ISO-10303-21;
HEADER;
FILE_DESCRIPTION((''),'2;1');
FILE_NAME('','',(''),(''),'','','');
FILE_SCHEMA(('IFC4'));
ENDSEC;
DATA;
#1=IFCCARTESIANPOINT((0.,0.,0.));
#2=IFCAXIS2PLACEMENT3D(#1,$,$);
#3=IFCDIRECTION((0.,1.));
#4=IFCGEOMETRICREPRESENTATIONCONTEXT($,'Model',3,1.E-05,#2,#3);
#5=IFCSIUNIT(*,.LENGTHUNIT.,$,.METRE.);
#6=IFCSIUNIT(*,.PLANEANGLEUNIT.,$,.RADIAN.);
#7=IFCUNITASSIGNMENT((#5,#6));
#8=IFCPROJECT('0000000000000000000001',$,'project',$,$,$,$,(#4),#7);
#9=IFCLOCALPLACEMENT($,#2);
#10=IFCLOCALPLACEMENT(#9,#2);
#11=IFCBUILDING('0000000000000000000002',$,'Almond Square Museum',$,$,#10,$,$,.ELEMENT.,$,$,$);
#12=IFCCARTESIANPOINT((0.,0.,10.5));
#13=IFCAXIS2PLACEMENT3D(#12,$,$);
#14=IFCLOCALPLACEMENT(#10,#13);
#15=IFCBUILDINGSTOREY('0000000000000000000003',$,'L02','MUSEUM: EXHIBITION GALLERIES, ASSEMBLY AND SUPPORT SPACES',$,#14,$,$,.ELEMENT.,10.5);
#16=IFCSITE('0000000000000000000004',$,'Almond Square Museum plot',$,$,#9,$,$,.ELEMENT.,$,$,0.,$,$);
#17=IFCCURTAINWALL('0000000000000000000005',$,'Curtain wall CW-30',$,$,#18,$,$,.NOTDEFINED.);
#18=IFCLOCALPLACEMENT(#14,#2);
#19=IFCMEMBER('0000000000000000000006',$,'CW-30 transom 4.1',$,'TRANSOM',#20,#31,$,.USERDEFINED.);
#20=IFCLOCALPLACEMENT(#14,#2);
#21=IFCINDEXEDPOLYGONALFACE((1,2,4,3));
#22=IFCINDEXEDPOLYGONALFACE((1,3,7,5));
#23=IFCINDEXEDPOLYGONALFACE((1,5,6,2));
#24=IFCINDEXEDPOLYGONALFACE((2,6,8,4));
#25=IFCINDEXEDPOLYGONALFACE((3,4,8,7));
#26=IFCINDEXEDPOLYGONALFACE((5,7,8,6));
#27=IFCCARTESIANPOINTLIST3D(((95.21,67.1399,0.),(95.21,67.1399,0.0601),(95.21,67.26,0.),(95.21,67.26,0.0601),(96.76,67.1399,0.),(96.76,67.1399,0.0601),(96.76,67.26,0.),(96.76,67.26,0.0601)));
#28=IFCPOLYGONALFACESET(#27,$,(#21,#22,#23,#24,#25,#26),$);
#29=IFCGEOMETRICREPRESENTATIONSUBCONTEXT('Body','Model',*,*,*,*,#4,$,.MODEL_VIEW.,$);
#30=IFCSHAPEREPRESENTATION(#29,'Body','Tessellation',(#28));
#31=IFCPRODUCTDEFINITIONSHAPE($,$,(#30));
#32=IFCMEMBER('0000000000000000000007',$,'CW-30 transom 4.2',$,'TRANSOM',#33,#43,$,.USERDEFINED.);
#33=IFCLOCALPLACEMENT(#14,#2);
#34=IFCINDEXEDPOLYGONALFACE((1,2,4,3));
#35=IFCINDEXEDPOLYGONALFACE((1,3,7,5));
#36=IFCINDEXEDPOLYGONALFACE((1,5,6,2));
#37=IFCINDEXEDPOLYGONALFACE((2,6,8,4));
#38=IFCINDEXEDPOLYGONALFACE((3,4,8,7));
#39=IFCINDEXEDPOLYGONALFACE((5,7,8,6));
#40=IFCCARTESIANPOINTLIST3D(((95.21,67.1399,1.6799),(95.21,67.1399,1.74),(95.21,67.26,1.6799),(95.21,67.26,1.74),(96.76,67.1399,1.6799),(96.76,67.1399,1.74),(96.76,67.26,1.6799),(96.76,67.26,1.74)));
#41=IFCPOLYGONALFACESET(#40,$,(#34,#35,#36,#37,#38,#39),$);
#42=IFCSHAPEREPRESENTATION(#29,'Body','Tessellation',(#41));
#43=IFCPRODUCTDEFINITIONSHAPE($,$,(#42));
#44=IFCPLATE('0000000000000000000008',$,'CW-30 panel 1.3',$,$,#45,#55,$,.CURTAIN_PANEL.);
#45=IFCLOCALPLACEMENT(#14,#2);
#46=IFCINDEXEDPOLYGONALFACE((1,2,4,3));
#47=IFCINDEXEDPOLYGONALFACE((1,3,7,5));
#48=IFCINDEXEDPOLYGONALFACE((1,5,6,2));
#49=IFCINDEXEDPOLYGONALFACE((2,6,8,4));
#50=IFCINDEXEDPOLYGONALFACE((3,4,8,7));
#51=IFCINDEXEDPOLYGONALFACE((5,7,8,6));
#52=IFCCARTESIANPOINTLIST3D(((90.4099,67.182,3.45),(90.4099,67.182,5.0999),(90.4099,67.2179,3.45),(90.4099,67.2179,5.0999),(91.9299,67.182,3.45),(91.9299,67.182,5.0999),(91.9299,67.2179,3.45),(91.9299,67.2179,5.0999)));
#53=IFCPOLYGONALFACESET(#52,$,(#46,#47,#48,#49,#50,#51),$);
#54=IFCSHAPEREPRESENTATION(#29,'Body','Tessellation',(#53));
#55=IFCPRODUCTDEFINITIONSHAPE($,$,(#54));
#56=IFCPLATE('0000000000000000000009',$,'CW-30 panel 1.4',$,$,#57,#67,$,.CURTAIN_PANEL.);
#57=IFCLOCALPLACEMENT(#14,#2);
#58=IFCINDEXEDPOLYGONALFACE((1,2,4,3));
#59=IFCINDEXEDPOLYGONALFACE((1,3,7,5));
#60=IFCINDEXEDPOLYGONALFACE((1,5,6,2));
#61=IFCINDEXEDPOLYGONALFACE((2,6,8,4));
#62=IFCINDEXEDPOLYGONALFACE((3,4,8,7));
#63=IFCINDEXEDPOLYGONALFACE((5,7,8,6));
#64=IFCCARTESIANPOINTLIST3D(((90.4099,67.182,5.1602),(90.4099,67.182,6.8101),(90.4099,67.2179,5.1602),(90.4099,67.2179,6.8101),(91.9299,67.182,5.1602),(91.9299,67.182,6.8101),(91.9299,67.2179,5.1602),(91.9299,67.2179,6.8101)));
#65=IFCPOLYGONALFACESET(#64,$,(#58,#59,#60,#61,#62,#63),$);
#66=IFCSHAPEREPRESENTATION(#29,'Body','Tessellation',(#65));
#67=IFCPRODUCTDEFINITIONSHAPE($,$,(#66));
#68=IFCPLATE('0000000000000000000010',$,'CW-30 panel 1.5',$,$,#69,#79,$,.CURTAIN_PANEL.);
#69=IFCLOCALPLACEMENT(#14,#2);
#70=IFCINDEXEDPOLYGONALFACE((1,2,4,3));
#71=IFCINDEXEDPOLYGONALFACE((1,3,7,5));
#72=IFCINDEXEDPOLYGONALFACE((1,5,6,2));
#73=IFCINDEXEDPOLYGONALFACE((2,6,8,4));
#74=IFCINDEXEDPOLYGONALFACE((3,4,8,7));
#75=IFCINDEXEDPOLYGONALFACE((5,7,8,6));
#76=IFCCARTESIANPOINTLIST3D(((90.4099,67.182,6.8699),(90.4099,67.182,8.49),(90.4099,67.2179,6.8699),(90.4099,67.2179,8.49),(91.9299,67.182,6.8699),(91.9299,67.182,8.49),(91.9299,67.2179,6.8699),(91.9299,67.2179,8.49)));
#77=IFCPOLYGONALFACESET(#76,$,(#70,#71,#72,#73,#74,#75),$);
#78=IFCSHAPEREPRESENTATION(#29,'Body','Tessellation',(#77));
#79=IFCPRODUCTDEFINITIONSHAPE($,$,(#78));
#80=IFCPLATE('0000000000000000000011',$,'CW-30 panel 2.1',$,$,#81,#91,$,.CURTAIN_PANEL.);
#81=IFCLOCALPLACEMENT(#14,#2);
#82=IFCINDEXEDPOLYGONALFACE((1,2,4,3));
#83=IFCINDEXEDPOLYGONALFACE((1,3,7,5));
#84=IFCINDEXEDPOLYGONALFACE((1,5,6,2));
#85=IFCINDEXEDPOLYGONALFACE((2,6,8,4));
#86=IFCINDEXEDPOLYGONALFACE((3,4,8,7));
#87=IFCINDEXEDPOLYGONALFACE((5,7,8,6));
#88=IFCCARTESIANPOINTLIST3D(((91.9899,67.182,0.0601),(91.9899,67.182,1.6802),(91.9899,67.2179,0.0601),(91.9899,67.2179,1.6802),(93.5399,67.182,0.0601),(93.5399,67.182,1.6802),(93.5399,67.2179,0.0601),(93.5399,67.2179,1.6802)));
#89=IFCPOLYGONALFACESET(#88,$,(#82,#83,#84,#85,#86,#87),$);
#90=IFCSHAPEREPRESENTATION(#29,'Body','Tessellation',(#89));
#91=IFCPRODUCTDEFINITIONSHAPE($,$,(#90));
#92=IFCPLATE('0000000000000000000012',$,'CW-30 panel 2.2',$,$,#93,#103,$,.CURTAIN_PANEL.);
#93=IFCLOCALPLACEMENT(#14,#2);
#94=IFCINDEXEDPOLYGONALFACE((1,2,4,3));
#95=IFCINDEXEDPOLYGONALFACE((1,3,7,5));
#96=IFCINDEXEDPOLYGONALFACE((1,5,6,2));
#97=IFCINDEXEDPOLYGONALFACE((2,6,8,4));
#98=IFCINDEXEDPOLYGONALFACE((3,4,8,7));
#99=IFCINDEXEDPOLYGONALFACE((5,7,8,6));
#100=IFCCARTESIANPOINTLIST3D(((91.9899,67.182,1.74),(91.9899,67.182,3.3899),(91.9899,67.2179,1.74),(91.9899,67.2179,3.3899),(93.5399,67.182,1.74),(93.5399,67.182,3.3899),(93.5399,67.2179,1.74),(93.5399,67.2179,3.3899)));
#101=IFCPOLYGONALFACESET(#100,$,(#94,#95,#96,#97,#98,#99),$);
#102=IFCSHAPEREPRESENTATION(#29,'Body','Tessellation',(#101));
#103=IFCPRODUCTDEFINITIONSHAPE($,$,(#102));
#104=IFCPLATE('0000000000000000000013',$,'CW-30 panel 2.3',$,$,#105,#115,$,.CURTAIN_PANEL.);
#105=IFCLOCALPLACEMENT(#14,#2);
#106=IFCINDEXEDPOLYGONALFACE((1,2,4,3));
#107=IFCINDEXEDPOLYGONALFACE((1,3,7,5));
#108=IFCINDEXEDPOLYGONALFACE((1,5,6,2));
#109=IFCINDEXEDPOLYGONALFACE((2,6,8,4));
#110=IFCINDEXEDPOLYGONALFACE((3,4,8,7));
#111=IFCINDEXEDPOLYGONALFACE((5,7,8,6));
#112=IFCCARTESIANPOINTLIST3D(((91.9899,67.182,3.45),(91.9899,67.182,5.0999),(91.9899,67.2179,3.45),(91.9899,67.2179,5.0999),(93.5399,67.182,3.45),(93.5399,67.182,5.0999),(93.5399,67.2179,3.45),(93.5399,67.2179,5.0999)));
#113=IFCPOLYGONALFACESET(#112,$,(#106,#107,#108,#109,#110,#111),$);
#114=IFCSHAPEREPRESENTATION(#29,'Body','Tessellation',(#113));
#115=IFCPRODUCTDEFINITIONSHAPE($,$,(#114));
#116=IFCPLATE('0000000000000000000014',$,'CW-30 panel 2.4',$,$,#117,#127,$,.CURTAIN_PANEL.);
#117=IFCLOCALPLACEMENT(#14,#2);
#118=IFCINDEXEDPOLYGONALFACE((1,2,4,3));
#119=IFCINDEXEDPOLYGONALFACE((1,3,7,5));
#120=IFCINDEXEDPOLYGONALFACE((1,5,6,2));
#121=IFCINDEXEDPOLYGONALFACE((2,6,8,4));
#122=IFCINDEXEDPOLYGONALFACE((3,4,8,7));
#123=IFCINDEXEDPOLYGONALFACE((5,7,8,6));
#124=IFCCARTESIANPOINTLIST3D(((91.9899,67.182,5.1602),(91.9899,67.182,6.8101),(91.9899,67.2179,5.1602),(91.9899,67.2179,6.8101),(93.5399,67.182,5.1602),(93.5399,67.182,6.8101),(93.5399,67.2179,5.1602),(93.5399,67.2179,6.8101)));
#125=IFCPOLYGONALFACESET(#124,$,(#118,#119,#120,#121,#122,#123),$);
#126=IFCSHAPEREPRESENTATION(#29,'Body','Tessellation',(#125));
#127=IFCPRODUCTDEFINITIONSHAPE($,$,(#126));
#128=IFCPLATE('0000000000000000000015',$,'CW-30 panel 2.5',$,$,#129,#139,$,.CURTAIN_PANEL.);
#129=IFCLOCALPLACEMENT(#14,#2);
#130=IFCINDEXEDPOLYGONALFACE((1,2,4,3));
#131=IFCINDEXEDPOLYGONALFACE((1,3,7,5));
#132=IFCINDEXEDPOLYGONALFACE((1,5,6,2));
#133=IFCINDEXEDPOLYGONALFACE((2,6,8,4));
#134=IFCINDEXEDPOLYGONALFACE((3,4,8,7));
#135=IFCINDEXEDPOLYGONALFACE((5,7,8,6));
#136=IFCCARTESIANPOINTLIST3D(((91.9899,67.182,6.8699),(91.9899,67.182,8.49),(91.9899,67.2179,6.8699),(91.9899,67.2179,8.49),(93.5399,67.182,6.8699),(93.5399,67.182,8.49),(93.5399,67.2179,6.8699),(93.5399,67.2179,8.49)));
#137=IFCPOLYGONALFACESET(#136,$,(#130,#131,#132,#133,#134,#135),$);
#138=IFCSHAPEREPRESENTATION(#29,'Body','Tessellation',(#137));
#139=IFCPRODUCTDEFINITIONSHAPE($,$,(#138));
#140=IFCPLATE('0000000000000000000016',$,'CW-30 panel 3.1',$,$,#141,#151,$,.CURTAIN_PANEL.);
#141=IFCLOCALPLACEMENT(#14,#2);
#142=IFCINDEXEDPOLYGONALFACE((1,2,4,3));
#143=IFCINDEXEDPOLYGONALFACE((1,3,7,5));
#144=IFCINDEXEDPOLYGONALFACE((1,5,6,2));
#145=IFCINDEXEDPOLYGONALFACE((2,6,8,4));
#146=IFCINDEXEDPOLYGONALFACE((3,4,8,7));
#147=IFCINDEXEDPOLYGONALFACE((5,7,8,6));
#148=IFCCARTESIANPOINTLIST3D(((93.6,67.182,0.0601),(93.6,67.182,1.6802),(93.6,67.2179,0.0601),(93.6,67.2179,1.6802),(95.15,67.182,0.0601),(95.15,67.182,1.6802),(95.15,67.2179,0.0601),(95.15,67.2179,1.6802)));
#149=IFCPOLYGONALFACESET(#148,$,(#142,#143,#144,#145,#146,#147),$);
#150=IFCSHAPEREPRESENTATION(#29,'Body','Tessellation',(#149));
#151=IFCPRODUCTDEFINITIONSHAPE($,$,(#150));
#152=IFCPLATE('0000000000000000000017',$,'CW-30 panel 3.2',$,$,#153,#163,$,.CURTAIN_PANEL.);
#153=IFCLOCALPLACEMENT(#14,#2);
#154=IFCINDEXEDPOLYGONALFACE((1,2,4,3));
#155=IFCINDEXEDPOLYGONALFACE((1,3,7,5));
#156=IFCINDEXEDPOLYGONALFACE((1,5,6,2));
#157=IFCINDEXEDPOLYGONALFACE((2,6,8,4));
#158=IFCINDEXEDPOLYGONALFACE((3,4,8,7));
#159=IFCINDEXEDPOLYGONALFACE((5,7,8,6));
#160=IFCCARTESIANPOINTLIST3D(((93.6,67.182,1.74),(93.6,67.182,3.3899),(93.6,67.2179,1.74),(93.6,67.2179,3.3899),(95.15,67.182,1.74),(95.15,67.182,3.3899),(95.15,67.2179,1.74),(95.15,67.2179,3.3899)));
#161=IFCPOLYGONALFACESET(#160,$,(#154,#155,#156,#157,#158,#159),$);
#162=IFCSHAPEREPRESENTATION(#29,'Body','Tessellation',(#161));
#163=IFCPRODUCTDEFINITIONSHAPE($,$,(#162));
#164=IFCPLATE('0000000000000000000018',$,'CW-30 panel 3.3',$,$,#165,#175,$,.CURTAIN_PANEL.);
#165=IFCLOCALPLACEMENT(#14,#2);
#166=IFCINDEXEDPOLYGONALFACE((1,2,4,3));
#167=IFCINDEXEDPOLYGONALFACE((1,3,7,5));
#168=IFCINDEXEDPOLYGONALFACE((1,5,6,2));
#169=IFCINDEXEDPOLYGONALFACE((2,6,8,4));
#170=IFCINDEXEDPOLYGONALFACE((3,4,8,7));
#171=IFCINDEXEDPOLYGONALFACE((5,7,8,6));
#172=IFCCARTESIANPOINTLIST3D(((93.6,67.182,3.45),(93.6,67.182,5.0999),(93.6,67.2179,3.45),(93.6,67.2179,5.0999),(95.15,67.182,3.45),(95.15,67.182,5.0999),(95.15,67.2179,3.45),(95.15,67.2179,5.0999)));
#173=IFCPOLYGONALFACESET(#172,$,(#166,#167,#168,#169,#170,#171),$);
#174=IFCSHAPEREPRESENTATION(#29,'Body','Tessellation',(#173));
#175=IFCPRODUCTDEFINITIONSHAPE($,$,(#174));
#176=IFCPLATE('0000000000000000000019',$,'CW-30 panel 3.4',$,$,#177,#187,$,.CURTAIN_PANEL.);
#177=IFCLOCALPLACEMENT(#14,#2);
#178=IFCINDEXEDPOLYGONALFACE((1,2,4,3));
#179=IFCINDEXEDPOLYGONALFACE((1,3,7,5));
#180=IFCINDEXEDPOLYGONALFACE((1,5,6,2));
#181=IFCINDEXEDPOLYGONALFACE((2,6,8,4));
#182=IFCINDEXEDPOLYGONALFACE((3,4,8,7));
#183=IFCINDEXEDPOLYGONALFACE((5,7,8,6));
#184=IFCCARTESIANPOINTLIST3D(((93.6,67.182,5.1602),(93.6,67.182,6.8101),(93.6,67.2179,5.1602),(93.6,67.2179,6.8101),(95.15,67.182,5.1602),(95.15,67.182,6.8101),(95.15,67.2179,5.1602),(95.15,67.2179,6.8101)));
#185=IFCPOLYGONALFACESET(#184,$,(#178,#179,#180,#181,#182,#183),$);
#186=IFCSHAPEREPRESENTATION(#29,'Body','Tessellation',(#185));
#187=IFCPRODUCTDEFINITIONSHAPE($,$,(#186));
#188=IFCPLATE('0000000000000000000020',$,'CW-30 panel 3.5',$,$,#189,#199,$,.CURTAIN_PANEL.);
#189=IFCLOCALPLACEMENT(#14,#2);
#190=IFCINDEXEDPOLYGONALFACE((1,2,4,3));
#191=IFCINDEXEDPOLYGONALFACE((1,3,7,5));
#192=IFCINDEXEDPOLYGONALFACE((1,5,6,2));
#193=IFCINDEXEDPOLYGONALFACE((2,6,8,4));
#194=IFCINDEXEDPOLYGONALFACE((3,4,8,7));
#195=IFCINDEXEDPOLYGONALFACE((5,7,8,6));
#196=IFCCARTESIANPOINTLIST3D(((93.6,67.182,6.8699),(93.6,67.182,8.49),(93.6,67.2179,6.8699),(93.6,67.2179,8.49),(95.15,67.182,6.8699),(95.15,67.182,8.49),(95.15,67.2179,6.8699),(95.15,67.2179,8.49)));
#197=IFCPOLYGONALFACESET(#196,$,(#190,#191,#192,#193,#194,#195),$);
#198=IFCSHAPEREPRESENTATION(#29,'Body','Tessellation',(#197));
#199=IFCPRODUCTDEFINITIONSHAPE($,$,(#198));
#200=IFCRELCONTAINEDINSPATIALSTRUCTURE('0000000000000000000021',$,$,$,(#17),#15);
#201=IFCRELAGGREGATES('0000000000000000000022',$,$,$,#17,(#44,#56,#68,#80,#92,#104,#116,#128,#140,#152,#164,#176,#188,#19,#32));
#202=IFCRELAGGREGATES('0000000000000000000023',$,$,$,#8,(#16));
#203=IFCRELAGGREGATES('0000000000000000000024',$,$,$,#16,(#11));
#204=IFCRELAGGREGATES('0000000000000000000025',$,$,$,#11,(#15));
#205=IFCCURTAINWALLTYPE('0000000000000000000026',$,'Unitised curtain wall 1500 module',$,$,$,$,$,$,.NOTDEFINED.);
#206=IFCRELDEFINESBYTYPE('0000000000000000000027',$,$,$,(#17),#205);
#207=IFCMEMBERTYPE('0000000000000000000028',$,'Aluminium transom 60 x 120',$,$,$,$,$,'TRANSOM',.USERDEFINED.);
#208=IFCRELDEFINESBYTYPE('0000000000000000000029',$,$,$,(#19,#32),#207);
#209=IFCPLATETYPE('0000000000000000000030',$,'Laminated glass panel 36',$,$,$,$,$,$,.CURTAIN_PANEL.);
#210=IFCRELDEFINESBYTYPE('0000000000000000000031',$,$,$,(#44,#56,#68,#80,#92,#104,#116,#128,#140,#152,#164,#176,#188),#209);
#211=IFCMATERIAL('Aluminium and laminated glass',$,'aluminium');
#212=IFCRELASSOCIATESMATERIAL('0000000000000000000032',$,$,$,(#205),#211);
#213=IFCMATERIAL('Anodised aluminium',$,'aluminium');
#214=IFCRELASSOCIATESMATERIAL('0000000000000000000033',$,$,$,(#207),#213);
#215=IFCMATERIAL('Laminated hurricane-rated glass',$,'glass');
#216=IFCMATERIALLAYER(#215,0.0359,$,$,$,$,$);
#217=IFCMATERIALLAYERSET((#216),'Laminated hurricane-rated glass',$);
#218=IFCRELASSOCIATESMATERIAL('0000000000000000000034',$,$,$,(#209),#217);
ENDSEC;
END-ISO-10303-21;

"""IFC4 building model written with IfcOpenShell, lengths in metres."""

from ifc_helpers import new_model, si_unit, direction, frame, origin, origin_2d, place, context, subcontext, project, spatial, rectangle, extrude, material, layer, layer_set, material_profile, profile_set, type_object, element, aggregate, save


model = new_model("IFC4")

# Units and contexts
model_context = context("Model", 3, precision=1e-05, world=origin(), true_north=direction((0.0, 1.0)))
body_context = subcontext(model_context, "Body", "Model", "MODEL_VIEW")
ifc_project = project(units=[si_unit("LENGTHUNIT", "METRE"), si_unit("PLANEANGLEUNIT", "RADIAN")], contexts=[model_context])

# Site, building, storey
site_placement = place(None, origin())
site = spatial("IfcSite", under=ifc_project, at=site_placement, Name="Almond Square Museum plot", CompositionType="ELEMENT", RefElevation=0.0)
building_placement = place(site_placement, origin())
building = spatial("IfcBuilding", under=site, at=building_placement, Name="Almond Square Museum", CompositionType="ELEMENT")
storey_placement = place(building_placement, frame((0.0, 0.0, 10.5)))
storey = spatial("IfcBuildingStorey", under=building, at=storey_placement, Name="L02", Description="MUSEUM: EXHIBITION GALLERIES, ASSEMBLY AND SUPPORT SPACES", CompositionType="ELEMENT", Elevation=10.5)

# Curtain wall, members, plates
ifc_material_1 = material(Name="Aluminium and laminated glass", Category="aluminium")
curtain_wall_type = type_object("IfcCurtainWallType", Name="Unitised curtain wall 1500 module", PredefinedType="NOTDEFINED", material=ifc_material_1)
curtain_wall_placement = place(storey_placement, origin())
curtain_wall = element("IfcCurtainWall", 1, at=curtain_wall_placement, inside=storey, type_object=curtain_wall_type, Name="Curtain wall CW-30", PredefinedType="NOTDEFINED")
ifc_material_2 = material(Name="Anodised aluminium", Category="aluminium")
ifc_material_profile_1 = material_profile(ifc_material_2, rectangle(XDim=0.1201, YDim=0.0601, at=origin_2d()))
ifc_profile_set_1 = profile_set([ifc_material_profile_1], Name="Anodised aluminium")
member_type_1 = type_object("IfcMemberType", Name="Aluminium transom 60 x 120", ElementType="TRANSOM", PredefinedType="USERDEFINED", material=ifc_profile_set_1)
member_1_placement = place(storey_placement, frame((95.21, 67.2, 0.03), z_axis=(1.0, 0.0, 0.0), x_axis=(0.0, 1.0, 0.0)))
member_1 = element("IfcMember", 2, at=member_1_placement, type_object=member_type_1, Name="CW-30 transom 4.1", ObjectType="TRANSOM", PredefinedType="USERDEFINED", context=body_context, shape_type="SweptSolid", body=[
    extrude(rectangle(XDim=0.1201, YDim=0.0601, at=origin_2d()), origin(), (0.0, 0.0, 1.0), 1.55),
])
member_2_placement = place(storey_placement, frame((95.21, 67.2, 1.71), z_axis=(1.0, 0.0, 0.0), x_axis=(0.0, 1.0, 0.0)))
member_2 = element("IfcMember", 3, at=member_2_placement, type_object=member_type_1, Name="CW-30 transom 4.2", ObjectType="TRANSOM", PredefinedType="USERDEFINED", context=body_context, shape_type="SweptSolid", body=[
    extrude(rectangle(XDim=0.1201, YDim=0.0601, at=origin_2d()), origin(), (0.0, 0.0, 1.0), 1.55),
])
ifc_material_3 = material(Name="Laminated hurricane-rated glass", Category="glass")
ifc_layer_1 = layer(ifc_material_3, 0.0359)
ifc_layer_set_1 = layer_set([ifc_layer_1], Name="Laminated hurricane-rated glass")
plate_type = type_object("IfcPlateType", Name="Laminated glass panel 36", PredefinedType="CURTAIN_PANEL", material=ifc_layer_set_1)
plate_1_placement = place(storey_placement, frame((91.1699, 67.2, 3.45), z_axis=(0.0, 0.0, 1.0), x_axis=(1.0, 0.0, 0.0)))
plate_1 = element("IfcPlate", 4, at=plate_1_placement, type_object=plate_type, Name="CW-30 panel 1.3", PredefinedType="CURTAIN_PANEL", context=body_context, shape_type="SweptSolid", body=[
    extrude(rectangle(XDim=1.52, YDim=0.0359, at=origin_2d()), origin(), (0.0, 0.0, 1.0), 1.6499),
])
plate_2_placement = place(storey_placement, frame((91.1699, 67.2, 5.1602), z_axis=(0.0, 0.0, 1.0), x_axis=(1.0, 0.0, 0.0)))
plate_2 = element("IfcPlate", 5, at=plate_2_placement, type_object=plate_type, Name="CW-30 panel 1.4", PredefinedType="CURTAIN_PANEL", context=body_context, shape_type="SweptSolid", body=[
    extrude(rectangle(XDim=1.52, YDim=0.0359, at=origin_2d()), origin(), (0.0, 0.0, 1.0), 1.6499),
])
plate_3_placement = place(storey_placement, frame((91.1699, 67.2, 6.8699), z_axis=(0.0, 0.0, 1.0), x_axis=(1.0, 0.0, 0.0)))
plate_3 = element("IfcPlate", 6, at=plate_3_placement, type_object=plate_type, Name="CW-30 panel 1.5", PredefinedType="CURTAIN_PANEL", context=body_context, shape_type="SweptSolid", body=[
    extrude(rectangle(XDim=1.52, YDim=0.0359, at=origin_2d()), origin(), (0.0, 0.0, 1.0), 1.6201),
])
plate_4_placement = place(storey_placement, frame((92.7649, 67.2, 0.0601), z_axis=(0.0, 0.0, 1.0), x_axis=(1.0, 0.0, 0.0)))
plate_4 = element("IfcPlate", 7, at=plate_4_placement, type_object=plate_type, Name="CW-30 panel 2.1", PredefinedType="CURTAIN_PANEL", context=body_context, shape_type="SweptSolid", body=[
    extrude(rectangle(XDim=1.55, YDim=0.0359, at=origin_2d()), origin(), (0.0, 0.0, 1.0), 1.6201),
])
plate_5_placement = place(storey_placement, frame((92.7649, 67.2, 1.74), z_axis=(0.0, 0.0, 1.0), x_axis=(1.0, 0.0, 0.0)))
plate_5 = element("IfcPlate", 8, at=plate_5_placement, type_object=plate_type, Name="CW-30 panel 2.2", PredefinedType="CURTAIN_PANEL", context=body_context, shape_type="SweptSolid", body=[
    extrude(rectangle(XDim=1.55, YDim=0.0359, at=origin_2d()), origin(), (0.0, 0.0, 1.0), 1.6499),
])
plate_6_placement = place(storey_placement, frame((92.7649, 67.2, 3.45), z_axis=(0.0, 0.0, 1.0), x_axis=(1.0, 0.0, 0.0)))
plate_6 = element("IfcPlate", 9, at=plate_6_placement, type_object=plate_type, Name="CW-30 panel 2.3", PredefinedType="CURTAIN_PANEL", context=body_context, shape_type="SweptSolid", body=[
    extrude(rectangle(XDim=1.55, YDim=0.0359, at=origin_2d()), origin(), (0.0, 0.0, 1.0), 1.6499),
])
plate_7_placement = place(storey_placement, frame((92.7649, 67.2, 5.1602), z_axis=(0.0, 0.0, 1.0), x_axis=(1.0, 0.0, 0.0)))
plate_7 = element("IfcPlate", 10, at=plate_7_placement, type_object=plate_type, Name="CW-30 panel 2.4", PredefinedType="CURTAIN_PANEL", context=body_context, shape_type="SweptSolid", body=[
    extrude(rectangle(XDim=1.55, YDim=0.0359, at=origin_2d()), origin(), (0.0, 0.0, 1.0), 1.6499),
])
plate_8_placement = place(storey_placement, frame((92.7649, 67.2, 6.8699), z_axis=(0.0, 0.0, 1.0), x_axis=(1.0, 0.0, 0.0)))
plate_8 = element("IfcPlate", 11, at=plate_8_placement, type_object=plate_type, Name="CW-30 panel 2.5", PredefinedType="CURTAIN_PANEL", context=body_context, shape_type="SweptSolid", body=[
    extrude(rectangle(XDim=1.55, YDim=0.0359, at=origin_2d()), origin(), (0.0, 0.0, 1.0), 1.6201),
])
plate_9_placement = place(storey_placement, frame((94.375, 67.2, 0.0601), z_axis=(0.0, 0.0, 1.0), x_axis=(1.0, 0.0, 0.0)))
plate_9 = element("IfcPlate", 12, at=plate_9_placement, type_object=plate_type, Name="CW-30 panel 3.1", PredefinedType="CURTAIN_PANEL", context=body_context, shape_type="SweptSolid", body=[
    extrude(rectangle(XDim=1.55, YDim=0.0359, at=origin_2d()), origin(), (0.0, 0.0, 1.0), 1.6201),
])
plate_10_placement = place(storey_placement, frame((94.375, 67.2, 1.74), z_axis=(0.0, 0.0, 1.0), x_axis=(1.0, 0.0, 0.0)))
plate_10 = element("IfcPlate", 13, at=plate_10_placement, type_object=plate_type, Name="CW-30 panel 3.2", PredefinedType="CURTAIN_PANEL", context=body_context, shape_type="SweptSolid", body=[
    extrude(rectangle(XDim=1.55, YDim=0.0359, at=origin_2d()), origin(), (0.0, 0.0, 1.0), 1.6499),
])
plate_11_placement = place(storey_placement, frame((94.375, 67.2, 3.45), z_axis=(0.0, 0.0, 1.0), x_axis=(1.0, 0.0, 0.0)))
plate_11 = element("IfcPlate", 14, at=plate_11_placement, type_object=plate_type, Name="CW-30 panel 3.3", PredefinedType="CURTAIN_PANEL", context=body_context, shape_type="SweptSolid", body=[
    extrude(rectangle(XDim=1.55, YDim=0.0359, at=origin_2d()), origin(), (0.0, 0.0, 1.0), 1.6499),
])
plate_12_placement = place(storey_placement, frame((94.375, 67.2, 5.1602), z_axis=(0.0, 0.0, 1.0), x_axis=(1.0, 0.0, 0.0)))
plate_12 = element("IfcPlate", 15, at=plate_12_placement, type_object=plate_type, Name="CW-30 panel 3.4", PredefinedType="CURTAIN_PANEL", context=body_context, shape_type="SweptSolid", body=[
    extrude(rectangle(XDim=1.55, YDim=0.0359, at=origin_2d()), origin(), (0.0, 0.0, 1.0), 1.6499),
])
plate_13_placement = place(storey_placement, frame((94.375, 67.2, 6.8699), z_axis=(0.0, 0.0, 1.0), x_axis=(1.0, 0.0, 0.0)))
plate_13 = element("IfcPlate", 16, at=plate_13_placement, type_object=plate_type, Name="CW-30 panel 3.5", PredefinedType="CURTAIN_PANEL", context=body_context, shape_type="SweptSolid", body=[
    extrude(rectangle(XDim=1.55, YDim=0.0359, at=origin_2d()), origin(), (0.0, 0.0, 1.0), 1.6201),
])
aggregate(curtain_wall, [plate_1, plate_2, plate_3, plate_4, plate_5, plate_6, plate_7, plate_8, plate_9, plate_10, plate_11, plate_12, plate_13, member_1, member_2])

save(model, "model.ifc")
